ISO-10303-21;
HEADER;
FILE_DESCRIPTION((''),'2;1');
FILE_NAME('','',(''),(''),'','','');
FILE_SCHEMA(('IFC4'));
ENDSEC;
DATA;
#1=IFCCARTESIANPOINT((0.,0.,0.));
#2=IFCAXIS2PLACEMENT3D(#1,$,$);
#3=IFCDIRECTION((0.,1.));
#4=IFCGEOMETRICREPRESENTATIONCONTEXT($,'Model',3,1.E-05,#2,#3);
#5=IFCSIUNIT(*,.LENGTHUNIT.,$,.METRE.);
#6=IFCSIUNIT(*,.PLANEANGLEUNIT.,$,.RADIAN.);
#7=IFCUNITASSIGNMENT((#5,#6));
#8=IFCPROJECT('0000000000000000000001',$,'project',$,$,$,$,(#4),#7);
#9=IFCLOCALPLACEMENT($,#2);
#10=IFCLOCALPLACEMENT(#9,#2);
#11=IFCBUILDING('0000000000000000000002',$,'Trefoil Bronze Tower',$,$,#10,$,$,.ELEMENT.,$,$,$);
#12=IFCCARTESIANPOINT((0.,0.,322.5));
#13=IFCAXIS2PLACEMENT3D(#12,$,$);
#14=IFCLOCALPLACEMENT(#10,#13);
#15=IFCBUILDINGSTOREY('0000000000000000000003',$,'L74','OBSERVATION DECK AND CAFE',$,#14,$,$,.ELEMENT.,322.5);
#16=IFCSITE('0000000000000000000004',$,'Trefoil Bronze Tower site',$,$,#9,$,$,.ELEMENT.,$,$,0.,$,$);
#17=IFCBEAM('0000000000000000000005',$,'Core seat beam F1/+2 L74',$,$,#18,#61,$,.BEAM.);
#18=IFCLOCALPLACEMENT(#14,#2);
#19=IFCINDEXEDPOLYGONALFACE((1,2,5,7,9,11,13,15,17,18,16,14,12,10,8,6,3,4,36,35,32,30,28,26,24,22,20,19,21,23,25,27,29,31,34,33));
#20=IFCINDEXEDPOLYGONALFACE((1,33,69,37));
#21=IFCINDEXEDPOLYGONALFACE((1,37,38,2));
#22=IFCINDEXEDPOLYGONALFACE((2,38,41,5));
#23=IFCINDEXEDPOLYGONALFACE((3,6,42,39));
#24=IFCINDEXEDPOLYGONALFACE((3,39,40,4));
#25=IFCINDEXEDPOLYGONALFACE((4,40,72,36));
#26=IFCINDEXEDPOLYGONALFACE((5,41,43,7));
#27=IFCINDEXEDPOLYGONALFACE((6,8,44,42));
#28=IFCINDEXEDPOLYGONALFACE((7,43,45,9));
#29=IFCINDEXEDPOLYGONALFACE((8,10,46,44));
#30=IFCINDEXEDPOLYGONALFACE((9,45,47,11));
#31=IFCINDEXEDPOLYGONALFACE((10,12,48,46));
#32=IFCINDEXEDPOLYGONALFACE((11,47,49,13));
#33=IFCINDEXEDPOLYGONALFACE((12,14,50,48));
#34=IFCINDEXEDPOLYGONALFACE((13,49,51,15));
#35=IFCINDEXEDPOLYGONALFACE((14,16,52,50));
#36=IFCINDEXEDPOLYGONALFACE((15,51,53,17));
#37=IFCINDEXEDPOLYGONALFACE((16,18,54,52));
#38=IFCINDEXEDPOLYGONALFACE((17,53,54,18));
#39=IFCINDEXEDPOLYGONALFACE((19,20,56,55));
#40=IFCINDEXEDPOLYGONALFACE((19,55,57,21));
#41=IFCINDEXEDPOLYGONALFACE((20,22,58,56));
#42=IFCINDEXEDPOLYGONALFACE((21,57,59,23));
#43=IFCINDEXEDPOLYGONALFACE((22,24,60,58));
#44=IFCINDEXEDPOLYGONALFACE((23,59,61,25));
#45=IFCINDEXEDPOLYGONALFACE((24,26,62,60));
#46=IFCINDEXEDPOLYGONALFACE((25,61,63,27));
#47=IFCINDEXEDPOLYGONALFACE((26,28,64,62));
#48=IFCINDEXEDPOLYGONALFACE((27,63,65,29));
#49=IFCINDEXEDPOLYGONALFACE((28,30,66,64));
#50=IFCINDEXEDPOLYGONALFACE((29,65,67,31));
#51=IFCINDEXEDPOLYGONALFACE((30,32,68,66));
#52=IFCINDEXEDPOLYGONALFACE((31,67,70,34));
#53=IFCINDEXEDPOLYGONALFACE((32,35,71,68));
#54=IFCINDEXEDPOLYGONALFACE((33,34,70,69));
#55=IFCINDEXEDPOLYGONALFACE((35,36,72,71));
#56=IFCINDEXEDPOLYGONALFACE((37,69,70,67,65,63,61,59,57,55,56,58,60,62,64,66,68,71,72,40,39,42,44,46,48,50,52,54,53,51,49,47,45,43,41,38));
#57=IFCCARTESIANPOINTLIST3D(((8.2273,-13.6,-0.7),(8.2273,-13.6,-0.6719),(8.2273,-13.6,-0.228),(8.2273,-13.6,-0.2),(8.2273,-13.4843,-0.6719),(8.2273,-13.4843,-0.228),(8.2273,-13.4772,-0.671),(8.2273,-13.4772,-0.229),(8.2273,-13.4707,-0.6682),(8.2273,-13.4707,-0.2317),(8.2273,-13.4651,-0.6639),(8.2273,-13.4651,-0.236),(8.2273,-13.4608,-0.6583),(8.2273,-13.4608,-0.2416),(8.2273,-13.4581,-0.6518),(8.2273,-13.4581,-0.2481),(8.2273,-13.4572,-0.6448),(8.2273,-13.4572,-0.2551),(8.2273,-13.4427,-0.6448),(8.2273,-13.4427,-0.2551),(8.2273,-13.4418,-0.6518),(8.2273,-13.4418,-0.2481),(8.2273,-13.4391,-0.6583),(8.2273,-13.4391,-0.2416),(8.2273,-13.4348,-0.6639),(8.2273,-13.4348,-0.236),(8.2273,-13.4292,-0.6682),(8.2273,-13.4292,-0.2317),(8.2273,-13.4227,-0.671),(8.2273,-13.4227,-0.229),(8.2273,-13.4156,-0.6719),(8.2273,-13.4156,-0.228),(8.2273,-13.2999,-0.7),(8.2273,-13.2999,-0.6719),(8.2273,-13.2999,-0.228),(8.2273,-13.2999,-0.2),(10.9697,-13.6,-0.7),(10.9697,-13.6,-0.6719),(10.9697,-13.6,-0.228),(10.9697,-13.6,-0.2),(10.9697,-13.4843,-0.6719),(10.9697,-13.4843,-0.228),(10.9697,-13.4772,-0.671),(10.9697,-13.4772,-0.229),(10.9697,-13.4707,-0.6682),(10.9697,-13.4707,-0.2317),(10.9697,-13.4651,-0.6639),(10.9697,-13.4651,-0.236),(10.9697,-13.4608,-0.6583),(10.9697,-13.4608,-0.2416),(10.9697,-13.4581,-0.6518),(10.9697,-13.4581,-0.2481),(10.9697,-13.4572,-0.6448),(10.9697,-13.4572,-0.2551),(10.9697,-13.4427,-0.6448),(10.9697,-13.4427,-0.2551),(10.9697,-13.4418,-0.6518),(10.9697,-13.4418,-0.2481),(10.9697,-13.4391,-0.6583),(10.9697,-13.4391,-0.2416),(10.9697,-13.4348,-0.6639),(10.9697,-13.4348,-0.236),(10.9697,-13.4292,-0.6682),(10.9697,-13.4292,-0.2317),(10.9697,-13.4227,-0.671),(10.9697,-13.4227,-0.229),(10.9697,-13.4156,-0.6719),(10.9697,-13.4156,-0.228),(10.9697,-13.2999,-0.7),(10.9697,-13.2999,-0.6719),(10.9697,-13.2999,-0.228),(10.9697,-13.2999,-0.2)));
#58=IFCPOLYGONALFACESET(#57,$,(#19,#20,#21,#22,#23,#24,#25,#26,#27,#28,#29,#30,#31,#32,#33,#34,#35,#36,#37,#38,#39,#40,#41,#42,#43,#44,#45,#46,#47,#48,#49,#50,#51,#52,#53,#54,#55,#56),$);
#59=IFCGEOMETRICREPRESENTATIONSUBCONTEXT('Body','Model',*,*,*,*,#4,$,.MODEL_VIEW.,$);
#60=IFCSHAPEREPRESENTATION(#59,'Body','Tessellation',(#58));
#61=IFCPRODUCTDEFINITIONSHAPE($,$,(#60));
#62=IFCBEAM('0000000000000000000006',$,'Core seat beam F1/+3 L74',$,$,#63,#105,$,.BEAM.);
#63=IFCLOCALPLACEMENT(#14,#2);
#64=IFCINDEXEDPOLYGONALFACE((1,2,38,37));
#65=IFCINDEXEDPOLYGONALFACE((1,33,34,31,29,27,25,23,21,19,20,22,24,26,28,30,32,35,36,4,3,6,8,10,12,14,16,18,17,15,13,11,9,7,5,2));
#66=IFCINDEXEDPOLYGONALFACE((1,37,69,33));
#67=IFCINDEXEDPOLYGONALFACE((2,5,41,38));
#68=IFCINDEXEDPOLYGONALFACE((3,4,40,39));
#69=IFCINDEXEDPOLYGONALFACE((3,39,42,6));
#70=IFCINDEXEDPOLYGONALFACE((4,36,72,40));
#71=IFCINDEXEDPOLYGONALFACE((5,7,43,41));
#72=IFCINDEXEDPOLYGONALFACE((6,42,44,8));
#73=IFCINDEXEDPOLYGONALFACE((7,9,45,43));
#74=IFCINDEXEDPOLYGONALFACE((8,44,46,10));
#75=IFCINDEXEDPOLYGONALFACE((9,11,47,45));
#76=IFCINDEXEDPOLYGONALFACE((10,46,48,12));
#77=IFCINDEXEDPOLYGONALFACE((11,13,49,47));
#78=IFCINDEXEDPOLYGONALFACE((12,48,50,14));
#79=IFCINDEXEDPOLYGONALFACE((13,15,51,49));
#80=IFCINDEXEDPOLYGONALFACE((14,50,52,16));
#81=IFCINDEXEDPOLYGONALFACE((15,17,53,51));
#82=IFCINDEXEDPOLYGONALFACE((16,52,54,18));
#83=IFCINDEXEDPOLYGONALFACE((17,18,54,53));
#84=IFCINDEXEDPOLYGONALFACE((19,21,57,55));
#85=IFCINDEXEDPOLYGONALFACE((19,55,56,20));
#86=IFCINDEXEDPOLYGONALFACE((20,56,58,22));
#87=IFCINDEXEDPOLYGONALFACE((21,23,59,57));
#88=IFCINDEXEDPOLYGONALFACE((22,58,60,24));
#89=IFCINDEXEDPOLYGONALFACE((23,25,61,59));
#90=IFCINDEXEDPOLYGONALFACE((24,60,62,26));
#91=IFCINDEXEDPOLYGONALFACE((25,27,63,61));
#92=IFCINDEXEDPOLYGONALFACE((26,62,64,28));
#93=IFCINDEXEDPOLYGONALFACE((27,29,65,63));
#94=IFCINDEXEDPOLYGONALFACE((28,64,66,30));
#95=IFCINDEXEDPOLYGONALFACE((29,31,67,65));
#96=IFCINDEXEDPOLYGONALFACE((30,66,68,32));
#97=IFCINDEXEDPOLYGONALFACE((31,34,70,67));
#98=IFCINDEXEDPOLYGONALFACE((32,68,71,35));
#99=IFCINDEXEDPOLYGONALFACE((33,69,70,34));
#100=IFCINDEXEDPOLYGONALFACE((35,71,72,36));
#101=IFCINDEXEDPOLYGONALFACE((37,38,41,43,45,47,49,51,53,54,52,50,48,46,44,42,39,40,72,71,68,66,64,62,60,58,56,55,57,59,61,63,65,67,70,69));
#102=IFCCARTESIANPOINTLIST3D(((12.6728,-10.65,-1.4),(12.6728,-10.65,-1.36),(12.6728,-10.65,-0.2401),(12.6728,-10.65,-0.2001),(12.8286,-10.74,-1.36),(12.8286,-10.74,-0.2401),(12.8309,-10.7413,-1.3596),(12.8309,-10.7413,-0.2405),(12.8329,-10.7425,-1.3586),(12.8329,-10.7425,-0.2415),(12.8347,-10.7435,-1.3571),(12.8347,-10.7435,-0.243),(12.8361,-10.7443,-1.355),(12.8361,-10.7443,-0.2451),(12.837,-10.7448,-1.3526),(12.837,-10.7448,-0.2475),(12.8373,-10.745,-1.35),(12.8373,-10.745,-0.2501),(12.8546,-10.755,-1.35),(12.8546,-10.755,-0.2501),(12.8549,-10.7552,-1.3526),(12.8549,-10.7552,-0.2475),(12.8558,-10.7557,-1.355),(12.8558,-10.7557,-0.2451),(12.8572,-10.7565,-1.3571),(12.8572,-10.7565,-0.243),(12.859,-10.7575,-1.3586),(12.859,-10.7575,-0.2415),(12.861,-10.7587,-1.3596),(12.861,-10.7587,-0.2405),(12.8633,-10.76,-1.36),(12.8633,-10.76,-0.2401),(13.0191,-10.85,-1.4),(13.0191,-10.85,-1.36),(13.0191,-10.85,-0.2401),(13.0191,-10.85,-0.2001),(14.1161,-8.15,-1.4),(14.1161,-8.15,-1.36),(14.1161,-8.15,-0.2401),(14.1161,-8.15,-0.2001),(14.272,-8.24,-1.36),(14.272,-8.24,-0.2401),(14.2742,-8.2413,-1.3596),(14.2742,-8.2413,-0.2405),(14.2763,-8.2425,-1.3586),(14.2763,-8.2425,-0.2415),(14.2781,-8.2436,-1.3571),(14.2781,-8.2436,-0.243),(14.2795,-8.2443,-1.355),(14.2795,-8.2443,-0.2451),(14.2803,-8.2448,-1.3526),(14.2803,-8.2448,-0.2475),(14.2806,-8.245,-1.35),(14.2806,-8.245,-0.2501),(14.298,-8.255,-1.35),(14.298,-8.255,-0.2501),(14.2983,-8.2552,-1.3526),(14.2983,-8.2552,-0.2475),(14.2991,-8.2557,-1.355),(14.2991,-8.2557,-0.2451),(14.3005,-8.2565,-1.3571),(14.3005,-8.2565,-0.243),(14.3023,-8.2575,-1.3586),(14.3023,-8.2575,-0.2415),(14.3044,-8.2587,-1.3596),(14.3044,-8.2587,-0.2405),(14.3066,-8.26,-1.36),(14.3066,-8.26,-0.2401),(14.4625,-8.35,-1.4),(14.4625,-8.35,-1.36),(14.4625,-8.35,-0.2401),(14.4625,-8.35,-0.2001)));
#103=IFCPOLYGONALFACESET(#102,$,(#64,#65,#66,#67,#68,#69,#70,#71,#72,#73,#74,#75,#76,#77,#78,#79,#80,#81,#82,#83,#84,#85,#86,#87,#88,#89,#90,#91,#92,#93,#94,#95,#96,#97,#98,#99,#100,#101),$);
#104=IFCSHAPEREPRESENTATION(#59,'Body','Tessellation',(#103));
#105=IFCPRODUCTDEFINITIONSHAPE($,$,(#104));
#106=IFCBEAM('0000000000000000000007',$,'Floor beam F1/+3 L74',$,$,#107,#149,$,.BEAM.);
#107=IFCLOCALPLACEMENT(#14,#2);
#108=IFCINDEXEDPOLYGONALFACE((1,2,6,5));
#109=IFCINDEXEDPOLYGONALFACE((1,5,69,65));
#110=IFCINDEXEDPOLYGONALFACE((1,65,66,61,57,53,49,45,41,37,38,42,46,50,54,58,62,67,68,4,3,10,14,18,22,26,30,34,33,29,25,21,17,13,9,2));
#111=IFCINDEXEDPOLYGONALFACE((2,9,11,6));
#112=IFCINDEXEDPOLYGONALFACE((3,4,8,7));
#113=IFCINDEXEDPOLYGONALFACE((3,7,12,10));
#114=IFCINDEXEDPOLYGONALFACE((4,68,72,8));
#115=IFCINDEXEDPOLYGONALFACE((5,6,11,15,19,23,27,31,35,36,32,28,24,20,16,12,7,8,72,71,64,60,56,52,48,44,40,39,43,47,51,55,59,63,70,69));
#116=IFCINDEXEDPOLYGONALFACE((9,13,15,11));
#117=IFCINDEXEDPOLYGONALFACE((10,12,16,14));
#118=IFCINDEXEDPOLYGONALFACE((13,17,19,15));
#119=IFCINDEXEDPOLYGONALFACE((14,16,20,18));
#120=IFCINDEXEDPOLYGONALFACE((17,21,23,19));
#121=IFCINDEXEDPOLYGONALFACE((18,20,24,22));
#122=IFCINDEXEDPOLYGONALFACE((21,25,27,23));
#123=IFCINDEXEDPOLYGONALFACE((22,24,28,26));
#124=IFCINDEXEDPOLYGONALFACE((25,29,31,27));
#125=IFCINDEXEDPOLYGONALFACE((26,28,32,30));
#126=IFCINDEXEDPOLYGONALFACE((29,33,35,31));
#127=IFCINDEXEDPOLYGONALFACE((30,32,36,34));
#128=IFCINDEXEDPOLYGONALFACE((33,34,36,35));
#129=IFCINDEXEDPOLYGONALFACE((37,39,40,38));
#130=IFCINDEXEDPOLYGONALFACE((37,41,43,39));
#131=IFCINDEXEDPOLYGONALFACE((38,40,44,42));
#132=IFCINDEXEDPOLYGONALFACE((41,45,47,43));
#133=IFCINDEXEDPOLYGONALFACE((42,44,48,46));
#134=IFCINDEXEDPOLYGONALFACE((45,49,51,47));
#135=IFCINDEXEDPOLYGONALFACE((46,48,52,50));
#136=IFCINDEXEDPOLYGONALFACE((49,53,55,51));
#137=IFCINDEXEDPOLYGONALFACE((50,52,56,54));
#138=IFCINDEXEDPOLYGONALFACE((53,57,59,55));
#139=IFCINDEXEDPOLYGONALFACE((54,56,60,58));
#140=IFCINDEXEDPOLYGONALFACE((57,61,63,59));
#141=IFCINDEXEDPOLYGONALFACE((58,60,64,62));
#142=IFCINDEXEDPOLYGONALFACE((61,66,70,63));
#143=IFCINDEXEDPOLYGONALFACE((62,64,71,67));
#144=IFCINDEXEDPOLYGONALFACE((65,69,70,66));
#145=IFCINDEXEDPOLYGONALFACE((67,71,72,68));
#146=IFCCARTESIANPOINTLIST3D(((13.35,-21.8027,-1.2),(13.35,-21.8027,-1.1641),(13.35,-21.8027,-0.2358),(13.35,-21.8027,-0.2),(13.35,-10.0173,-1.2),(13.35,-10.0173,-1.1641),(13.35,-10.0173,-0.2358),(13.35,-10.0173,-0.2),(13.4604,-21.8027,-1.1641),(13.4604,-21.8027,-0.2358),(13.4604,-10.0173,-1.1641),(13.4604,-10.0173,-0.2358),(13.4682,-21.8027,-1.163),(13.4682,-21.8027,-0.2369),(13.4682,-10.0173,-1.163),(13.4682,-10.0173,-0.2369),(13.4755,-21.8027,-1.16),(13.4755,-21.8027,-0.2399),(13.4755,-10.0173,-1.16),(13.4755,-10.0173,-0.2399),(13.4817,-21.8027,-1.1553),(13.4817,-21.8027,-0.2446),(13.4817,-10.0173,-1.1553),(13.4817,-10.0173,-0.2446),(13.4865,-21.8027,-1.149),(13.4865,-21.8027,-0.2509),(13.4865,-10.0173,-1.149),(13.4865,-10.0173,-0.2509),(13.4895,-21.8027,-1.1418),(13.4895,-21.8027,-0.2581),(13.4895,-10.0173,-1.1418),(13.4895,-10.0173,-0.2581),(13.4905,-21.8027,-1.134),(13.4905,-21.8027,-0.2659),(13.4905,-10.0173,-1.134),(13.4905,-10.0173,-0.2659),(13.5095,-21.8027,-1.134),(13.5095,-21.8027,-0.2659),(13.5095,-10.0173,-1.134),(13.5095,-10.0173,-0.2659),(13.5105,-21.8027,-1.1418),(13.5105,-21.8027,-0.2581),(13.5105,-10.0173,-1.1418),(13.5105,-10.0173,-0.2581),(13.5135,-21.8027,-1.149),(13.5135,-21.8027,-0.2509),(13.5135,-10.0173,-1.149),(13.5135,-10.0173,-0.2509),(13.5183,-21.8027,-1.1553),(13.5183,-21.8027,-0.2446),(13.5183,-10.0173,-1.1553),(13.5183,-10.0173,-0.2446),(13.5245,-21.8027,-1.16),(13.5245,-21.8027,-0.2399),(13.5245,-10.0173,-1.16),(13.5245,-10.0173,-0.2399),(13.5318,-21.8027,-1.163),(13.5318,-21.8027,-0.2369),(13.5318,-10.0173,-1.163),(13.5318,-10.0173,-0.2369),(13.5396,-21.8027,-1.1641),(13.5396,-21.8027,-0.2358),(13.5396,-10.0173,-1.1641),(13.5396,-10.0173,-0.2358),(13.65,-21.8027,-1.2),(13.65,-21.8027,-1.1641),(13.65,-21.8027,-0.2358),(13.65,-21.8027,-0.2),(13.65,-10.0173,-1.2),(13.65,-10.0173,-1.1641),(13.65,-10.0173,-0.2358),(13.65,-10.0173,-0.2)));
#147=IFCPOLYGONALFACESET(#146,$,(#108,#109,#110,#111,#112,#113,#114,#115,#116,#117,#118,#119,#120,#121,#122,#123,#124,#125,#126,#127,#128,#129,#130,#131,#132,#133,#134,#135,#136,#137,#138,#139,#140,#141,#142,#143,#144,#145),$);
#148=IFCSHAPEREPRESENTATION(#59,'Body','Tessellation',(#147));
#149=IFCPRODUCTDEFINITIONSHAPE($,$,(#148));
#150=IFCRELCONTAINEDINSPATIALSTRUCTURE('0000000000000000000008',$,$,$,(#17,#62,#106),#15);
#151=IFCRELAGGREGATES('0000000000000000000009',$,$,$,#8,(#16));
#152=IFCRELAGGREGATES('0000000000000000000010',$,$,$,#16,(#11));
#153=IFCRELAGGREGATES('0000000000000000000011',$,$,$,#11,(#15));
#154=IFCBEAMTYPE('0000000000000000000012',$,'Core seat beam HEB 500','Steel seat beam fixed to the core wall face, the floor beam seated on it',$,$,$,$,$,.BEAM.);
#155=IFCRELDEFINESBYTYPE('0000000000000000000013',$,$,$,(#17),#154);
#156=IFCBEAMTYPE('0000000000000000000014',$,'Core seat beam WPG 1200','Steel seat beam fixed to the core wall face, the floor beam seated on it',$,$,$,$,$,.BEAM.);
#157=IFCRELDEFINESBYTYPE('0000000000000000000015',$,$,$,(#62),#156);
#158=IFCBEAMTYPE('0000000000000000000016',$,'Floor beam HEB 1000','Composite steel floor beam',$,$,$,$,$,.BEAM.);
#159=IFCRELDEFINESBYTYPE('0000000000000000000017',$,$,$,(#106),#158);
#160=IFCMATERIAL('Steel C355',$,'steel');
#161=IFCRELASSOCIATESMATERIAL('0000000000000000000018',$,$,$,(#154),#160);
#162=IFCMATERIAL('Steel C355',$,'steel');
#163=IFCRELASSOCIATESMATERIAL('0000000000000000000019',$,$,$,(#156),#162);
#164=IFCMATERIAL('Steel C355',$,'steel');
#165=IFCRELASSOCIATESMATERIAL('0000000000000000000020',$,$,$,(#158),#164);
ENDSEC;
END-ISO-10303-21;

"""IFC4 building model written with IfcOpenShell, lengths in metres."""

from ifc_helpers import new_model, si_unit, direction, frame, origin, origin_2d, place, context, subcontext, project, spatial, i_section, extrude, material, material_profile, profile_set, type_object, element, save


model = new_model("IFC4")

# Units and contexts
model_context = context("Model", 3, precision=1e-05, world=origin(), true_north=direction((0.0, 1.0)))
body_context = subcontext(model_context, "Body", "Model", "MODEL_VIEW")
ifc_project = project(units=[si_unit("LENGTHUNIT", "METRE"), si_unit("PLANEANGLEUNIT", "RADIAN")], contexts=[model_context])

# Site, building, storey
site_placement = place(None, origin())
site = spatial("IfcSite", under=ifc_project, at=site_placement, Name="Trefoil Bronze Tower site", CompositionType="ELEMENT", RefElevation=0.0)
building_placement = place(site_placement, origin())
building = spatial("IfcBuilding", under=site, at=building_placement, Name="Trefoil Bronze Tower", CompositionType="ELEMENT")
storey_placement = place(building_placement, frame((0.0, 0.0, 322.5)))
storey = spatial("IfcBuildingStorey", under=building, at=storey_placement, Name="L74", Description="OBSERVATION DECK AND CAFE", CompositionType="ELEMENT", Elevation=322.5)

# Beams
ifc_material_1 = material(Name="Steel C355", Category="steel")
ifc_material_profile_1 = material_profile(ifc_material_1, i_section(OverallWidth=0.3, OverallDepth=0.5, WebThickness=0.0144, FlangeThickness=0.0281, FilletRadius=0.0271, at=origin_2d()), Name="HEB 500")
ifc_profile_set_1 = profile_set([ifc_material_profile_1], Name="Steel C355")
beam_type_1 = type_object("IfcBeamType", Name="Core seat beam HEB 500", Description="Steel seat beam fixed to the core wall face, the floor beam seated on it", PredefinedType="BEAM", material=ifc_profile_set_1)
for number, where, z_axis, x_axis, name in (
    (1, (8.2273, -13.45, -0.45), (1.0, 0.0, 0.0), (0.0, 1.0, 0.0), "Core seat beam F1/+2 L74"),
):
    element("IfcBeam", number, at=place(storey_placement, frame(where, z_axis=z_axis, x_axis=x_axis)), inside=storey, type_object=beam_type_1, Name=name, PredefinedType="BEAM", context=body_context, shape_type="SweptSolid", body=[
        extrude(i_section(OverallWidth=0.3, OverallDepth=0.5, WebThickness=0.0144, FlangeThickness=0.0281, FilletRadius=0.0271, at=origin_2d()), origin(), (0.0, 0.0, 1.0), 2.7424),
    ])
ifc_material_2 = material(Name="Steel C355", Category="steel")
ifc_material_profile_2 = material_profile(ifc_material_2, i_section(OverallWidth=0.3999, OverallDepth=1.2, WebThickness=0.02, FlangeThickness=0.04, FilletRadius=0.01, at=origin_2d()), Name="WPG 1200")
ifc_profile_set_2 = profile_set([ifc_material_profile_2], Name="Steel C355")
beam_type_2 = type_object("IfcBeamType", Name="Core seat beam WPG 1200", Description="Steel seat beam fixed to the core wall face, the floor beam seated on it", PredefinedType="BEAM", material=ifc_profile_set_2)
beam_1_placement = place(storey_placement, frame((12.8459, -10.75, -0.8), z_axis=(0.499996, 0.866028, 0.0), x_axis=(-0.866028, 0.499996, 0.0)))
element("IfcBeam", 2, at=beam_1_placement, inside=storey, type_object=beam_type_2, Name="Core seat beam F1/+3 L74", PredefinedType="BEAM", context=body_context, shape_type="SweptSolid", body=[
    extrude(i_section(OverallWidth=0.3999, OverallDepth=1.2, WebThickness=0.02, FlangeThickness=0.04, FilletRadius=0.01, at=origin_2d()), origin(), (0.0, 0.0, 1.0), 2.8867),
])
ifc_material_3 = material(Name="Steel C355", Category="steel")
ifc_material_profile_3 = material_profile(ifc_material_3, i_section(OverallWidth=0.3, OverallDepth=1.0, WebThickness=0.019, FlangeThickness=0.0359, FilletRadius=0.03, at=origin_2d()), Name="HEB 1000")
ifc_profile_set_3 = profile_set([ifc_material_profile_3], Name="Steel C355")
beam_type_3 = type_object("IfcBeamType", Name="Floor beam HEB 1000", Description="Composite steel floor beam", PredefinedType="BEAM", material=ifc_profile_set_3)
beam_2_placement = place(storey_placement, frame((13.5, -21.8027, -0.7), z_axis=(0.0, 1.0, 0.0), x_axis=(-1.0, 0.0, 0.0)))
element("IfcBeam", 3, at=beam_2_placement, inside=storey, type_object=beam_type_3, Name="Floor beam F1/+3 L74", PredefinedType="BEAM", context=body_context, shape_type="SweptSolid", body=[
    extrude(i_section(OverallWidth=0.3, OverallDepth=1.0, WebThickness=0.019, FlangeThickness=0.0359, FilletRadius=0.03, at=origin_2d()), origin(), (0.0, 0.0, 1.0), 11.7854),
])

save(model, "model.ifc")
